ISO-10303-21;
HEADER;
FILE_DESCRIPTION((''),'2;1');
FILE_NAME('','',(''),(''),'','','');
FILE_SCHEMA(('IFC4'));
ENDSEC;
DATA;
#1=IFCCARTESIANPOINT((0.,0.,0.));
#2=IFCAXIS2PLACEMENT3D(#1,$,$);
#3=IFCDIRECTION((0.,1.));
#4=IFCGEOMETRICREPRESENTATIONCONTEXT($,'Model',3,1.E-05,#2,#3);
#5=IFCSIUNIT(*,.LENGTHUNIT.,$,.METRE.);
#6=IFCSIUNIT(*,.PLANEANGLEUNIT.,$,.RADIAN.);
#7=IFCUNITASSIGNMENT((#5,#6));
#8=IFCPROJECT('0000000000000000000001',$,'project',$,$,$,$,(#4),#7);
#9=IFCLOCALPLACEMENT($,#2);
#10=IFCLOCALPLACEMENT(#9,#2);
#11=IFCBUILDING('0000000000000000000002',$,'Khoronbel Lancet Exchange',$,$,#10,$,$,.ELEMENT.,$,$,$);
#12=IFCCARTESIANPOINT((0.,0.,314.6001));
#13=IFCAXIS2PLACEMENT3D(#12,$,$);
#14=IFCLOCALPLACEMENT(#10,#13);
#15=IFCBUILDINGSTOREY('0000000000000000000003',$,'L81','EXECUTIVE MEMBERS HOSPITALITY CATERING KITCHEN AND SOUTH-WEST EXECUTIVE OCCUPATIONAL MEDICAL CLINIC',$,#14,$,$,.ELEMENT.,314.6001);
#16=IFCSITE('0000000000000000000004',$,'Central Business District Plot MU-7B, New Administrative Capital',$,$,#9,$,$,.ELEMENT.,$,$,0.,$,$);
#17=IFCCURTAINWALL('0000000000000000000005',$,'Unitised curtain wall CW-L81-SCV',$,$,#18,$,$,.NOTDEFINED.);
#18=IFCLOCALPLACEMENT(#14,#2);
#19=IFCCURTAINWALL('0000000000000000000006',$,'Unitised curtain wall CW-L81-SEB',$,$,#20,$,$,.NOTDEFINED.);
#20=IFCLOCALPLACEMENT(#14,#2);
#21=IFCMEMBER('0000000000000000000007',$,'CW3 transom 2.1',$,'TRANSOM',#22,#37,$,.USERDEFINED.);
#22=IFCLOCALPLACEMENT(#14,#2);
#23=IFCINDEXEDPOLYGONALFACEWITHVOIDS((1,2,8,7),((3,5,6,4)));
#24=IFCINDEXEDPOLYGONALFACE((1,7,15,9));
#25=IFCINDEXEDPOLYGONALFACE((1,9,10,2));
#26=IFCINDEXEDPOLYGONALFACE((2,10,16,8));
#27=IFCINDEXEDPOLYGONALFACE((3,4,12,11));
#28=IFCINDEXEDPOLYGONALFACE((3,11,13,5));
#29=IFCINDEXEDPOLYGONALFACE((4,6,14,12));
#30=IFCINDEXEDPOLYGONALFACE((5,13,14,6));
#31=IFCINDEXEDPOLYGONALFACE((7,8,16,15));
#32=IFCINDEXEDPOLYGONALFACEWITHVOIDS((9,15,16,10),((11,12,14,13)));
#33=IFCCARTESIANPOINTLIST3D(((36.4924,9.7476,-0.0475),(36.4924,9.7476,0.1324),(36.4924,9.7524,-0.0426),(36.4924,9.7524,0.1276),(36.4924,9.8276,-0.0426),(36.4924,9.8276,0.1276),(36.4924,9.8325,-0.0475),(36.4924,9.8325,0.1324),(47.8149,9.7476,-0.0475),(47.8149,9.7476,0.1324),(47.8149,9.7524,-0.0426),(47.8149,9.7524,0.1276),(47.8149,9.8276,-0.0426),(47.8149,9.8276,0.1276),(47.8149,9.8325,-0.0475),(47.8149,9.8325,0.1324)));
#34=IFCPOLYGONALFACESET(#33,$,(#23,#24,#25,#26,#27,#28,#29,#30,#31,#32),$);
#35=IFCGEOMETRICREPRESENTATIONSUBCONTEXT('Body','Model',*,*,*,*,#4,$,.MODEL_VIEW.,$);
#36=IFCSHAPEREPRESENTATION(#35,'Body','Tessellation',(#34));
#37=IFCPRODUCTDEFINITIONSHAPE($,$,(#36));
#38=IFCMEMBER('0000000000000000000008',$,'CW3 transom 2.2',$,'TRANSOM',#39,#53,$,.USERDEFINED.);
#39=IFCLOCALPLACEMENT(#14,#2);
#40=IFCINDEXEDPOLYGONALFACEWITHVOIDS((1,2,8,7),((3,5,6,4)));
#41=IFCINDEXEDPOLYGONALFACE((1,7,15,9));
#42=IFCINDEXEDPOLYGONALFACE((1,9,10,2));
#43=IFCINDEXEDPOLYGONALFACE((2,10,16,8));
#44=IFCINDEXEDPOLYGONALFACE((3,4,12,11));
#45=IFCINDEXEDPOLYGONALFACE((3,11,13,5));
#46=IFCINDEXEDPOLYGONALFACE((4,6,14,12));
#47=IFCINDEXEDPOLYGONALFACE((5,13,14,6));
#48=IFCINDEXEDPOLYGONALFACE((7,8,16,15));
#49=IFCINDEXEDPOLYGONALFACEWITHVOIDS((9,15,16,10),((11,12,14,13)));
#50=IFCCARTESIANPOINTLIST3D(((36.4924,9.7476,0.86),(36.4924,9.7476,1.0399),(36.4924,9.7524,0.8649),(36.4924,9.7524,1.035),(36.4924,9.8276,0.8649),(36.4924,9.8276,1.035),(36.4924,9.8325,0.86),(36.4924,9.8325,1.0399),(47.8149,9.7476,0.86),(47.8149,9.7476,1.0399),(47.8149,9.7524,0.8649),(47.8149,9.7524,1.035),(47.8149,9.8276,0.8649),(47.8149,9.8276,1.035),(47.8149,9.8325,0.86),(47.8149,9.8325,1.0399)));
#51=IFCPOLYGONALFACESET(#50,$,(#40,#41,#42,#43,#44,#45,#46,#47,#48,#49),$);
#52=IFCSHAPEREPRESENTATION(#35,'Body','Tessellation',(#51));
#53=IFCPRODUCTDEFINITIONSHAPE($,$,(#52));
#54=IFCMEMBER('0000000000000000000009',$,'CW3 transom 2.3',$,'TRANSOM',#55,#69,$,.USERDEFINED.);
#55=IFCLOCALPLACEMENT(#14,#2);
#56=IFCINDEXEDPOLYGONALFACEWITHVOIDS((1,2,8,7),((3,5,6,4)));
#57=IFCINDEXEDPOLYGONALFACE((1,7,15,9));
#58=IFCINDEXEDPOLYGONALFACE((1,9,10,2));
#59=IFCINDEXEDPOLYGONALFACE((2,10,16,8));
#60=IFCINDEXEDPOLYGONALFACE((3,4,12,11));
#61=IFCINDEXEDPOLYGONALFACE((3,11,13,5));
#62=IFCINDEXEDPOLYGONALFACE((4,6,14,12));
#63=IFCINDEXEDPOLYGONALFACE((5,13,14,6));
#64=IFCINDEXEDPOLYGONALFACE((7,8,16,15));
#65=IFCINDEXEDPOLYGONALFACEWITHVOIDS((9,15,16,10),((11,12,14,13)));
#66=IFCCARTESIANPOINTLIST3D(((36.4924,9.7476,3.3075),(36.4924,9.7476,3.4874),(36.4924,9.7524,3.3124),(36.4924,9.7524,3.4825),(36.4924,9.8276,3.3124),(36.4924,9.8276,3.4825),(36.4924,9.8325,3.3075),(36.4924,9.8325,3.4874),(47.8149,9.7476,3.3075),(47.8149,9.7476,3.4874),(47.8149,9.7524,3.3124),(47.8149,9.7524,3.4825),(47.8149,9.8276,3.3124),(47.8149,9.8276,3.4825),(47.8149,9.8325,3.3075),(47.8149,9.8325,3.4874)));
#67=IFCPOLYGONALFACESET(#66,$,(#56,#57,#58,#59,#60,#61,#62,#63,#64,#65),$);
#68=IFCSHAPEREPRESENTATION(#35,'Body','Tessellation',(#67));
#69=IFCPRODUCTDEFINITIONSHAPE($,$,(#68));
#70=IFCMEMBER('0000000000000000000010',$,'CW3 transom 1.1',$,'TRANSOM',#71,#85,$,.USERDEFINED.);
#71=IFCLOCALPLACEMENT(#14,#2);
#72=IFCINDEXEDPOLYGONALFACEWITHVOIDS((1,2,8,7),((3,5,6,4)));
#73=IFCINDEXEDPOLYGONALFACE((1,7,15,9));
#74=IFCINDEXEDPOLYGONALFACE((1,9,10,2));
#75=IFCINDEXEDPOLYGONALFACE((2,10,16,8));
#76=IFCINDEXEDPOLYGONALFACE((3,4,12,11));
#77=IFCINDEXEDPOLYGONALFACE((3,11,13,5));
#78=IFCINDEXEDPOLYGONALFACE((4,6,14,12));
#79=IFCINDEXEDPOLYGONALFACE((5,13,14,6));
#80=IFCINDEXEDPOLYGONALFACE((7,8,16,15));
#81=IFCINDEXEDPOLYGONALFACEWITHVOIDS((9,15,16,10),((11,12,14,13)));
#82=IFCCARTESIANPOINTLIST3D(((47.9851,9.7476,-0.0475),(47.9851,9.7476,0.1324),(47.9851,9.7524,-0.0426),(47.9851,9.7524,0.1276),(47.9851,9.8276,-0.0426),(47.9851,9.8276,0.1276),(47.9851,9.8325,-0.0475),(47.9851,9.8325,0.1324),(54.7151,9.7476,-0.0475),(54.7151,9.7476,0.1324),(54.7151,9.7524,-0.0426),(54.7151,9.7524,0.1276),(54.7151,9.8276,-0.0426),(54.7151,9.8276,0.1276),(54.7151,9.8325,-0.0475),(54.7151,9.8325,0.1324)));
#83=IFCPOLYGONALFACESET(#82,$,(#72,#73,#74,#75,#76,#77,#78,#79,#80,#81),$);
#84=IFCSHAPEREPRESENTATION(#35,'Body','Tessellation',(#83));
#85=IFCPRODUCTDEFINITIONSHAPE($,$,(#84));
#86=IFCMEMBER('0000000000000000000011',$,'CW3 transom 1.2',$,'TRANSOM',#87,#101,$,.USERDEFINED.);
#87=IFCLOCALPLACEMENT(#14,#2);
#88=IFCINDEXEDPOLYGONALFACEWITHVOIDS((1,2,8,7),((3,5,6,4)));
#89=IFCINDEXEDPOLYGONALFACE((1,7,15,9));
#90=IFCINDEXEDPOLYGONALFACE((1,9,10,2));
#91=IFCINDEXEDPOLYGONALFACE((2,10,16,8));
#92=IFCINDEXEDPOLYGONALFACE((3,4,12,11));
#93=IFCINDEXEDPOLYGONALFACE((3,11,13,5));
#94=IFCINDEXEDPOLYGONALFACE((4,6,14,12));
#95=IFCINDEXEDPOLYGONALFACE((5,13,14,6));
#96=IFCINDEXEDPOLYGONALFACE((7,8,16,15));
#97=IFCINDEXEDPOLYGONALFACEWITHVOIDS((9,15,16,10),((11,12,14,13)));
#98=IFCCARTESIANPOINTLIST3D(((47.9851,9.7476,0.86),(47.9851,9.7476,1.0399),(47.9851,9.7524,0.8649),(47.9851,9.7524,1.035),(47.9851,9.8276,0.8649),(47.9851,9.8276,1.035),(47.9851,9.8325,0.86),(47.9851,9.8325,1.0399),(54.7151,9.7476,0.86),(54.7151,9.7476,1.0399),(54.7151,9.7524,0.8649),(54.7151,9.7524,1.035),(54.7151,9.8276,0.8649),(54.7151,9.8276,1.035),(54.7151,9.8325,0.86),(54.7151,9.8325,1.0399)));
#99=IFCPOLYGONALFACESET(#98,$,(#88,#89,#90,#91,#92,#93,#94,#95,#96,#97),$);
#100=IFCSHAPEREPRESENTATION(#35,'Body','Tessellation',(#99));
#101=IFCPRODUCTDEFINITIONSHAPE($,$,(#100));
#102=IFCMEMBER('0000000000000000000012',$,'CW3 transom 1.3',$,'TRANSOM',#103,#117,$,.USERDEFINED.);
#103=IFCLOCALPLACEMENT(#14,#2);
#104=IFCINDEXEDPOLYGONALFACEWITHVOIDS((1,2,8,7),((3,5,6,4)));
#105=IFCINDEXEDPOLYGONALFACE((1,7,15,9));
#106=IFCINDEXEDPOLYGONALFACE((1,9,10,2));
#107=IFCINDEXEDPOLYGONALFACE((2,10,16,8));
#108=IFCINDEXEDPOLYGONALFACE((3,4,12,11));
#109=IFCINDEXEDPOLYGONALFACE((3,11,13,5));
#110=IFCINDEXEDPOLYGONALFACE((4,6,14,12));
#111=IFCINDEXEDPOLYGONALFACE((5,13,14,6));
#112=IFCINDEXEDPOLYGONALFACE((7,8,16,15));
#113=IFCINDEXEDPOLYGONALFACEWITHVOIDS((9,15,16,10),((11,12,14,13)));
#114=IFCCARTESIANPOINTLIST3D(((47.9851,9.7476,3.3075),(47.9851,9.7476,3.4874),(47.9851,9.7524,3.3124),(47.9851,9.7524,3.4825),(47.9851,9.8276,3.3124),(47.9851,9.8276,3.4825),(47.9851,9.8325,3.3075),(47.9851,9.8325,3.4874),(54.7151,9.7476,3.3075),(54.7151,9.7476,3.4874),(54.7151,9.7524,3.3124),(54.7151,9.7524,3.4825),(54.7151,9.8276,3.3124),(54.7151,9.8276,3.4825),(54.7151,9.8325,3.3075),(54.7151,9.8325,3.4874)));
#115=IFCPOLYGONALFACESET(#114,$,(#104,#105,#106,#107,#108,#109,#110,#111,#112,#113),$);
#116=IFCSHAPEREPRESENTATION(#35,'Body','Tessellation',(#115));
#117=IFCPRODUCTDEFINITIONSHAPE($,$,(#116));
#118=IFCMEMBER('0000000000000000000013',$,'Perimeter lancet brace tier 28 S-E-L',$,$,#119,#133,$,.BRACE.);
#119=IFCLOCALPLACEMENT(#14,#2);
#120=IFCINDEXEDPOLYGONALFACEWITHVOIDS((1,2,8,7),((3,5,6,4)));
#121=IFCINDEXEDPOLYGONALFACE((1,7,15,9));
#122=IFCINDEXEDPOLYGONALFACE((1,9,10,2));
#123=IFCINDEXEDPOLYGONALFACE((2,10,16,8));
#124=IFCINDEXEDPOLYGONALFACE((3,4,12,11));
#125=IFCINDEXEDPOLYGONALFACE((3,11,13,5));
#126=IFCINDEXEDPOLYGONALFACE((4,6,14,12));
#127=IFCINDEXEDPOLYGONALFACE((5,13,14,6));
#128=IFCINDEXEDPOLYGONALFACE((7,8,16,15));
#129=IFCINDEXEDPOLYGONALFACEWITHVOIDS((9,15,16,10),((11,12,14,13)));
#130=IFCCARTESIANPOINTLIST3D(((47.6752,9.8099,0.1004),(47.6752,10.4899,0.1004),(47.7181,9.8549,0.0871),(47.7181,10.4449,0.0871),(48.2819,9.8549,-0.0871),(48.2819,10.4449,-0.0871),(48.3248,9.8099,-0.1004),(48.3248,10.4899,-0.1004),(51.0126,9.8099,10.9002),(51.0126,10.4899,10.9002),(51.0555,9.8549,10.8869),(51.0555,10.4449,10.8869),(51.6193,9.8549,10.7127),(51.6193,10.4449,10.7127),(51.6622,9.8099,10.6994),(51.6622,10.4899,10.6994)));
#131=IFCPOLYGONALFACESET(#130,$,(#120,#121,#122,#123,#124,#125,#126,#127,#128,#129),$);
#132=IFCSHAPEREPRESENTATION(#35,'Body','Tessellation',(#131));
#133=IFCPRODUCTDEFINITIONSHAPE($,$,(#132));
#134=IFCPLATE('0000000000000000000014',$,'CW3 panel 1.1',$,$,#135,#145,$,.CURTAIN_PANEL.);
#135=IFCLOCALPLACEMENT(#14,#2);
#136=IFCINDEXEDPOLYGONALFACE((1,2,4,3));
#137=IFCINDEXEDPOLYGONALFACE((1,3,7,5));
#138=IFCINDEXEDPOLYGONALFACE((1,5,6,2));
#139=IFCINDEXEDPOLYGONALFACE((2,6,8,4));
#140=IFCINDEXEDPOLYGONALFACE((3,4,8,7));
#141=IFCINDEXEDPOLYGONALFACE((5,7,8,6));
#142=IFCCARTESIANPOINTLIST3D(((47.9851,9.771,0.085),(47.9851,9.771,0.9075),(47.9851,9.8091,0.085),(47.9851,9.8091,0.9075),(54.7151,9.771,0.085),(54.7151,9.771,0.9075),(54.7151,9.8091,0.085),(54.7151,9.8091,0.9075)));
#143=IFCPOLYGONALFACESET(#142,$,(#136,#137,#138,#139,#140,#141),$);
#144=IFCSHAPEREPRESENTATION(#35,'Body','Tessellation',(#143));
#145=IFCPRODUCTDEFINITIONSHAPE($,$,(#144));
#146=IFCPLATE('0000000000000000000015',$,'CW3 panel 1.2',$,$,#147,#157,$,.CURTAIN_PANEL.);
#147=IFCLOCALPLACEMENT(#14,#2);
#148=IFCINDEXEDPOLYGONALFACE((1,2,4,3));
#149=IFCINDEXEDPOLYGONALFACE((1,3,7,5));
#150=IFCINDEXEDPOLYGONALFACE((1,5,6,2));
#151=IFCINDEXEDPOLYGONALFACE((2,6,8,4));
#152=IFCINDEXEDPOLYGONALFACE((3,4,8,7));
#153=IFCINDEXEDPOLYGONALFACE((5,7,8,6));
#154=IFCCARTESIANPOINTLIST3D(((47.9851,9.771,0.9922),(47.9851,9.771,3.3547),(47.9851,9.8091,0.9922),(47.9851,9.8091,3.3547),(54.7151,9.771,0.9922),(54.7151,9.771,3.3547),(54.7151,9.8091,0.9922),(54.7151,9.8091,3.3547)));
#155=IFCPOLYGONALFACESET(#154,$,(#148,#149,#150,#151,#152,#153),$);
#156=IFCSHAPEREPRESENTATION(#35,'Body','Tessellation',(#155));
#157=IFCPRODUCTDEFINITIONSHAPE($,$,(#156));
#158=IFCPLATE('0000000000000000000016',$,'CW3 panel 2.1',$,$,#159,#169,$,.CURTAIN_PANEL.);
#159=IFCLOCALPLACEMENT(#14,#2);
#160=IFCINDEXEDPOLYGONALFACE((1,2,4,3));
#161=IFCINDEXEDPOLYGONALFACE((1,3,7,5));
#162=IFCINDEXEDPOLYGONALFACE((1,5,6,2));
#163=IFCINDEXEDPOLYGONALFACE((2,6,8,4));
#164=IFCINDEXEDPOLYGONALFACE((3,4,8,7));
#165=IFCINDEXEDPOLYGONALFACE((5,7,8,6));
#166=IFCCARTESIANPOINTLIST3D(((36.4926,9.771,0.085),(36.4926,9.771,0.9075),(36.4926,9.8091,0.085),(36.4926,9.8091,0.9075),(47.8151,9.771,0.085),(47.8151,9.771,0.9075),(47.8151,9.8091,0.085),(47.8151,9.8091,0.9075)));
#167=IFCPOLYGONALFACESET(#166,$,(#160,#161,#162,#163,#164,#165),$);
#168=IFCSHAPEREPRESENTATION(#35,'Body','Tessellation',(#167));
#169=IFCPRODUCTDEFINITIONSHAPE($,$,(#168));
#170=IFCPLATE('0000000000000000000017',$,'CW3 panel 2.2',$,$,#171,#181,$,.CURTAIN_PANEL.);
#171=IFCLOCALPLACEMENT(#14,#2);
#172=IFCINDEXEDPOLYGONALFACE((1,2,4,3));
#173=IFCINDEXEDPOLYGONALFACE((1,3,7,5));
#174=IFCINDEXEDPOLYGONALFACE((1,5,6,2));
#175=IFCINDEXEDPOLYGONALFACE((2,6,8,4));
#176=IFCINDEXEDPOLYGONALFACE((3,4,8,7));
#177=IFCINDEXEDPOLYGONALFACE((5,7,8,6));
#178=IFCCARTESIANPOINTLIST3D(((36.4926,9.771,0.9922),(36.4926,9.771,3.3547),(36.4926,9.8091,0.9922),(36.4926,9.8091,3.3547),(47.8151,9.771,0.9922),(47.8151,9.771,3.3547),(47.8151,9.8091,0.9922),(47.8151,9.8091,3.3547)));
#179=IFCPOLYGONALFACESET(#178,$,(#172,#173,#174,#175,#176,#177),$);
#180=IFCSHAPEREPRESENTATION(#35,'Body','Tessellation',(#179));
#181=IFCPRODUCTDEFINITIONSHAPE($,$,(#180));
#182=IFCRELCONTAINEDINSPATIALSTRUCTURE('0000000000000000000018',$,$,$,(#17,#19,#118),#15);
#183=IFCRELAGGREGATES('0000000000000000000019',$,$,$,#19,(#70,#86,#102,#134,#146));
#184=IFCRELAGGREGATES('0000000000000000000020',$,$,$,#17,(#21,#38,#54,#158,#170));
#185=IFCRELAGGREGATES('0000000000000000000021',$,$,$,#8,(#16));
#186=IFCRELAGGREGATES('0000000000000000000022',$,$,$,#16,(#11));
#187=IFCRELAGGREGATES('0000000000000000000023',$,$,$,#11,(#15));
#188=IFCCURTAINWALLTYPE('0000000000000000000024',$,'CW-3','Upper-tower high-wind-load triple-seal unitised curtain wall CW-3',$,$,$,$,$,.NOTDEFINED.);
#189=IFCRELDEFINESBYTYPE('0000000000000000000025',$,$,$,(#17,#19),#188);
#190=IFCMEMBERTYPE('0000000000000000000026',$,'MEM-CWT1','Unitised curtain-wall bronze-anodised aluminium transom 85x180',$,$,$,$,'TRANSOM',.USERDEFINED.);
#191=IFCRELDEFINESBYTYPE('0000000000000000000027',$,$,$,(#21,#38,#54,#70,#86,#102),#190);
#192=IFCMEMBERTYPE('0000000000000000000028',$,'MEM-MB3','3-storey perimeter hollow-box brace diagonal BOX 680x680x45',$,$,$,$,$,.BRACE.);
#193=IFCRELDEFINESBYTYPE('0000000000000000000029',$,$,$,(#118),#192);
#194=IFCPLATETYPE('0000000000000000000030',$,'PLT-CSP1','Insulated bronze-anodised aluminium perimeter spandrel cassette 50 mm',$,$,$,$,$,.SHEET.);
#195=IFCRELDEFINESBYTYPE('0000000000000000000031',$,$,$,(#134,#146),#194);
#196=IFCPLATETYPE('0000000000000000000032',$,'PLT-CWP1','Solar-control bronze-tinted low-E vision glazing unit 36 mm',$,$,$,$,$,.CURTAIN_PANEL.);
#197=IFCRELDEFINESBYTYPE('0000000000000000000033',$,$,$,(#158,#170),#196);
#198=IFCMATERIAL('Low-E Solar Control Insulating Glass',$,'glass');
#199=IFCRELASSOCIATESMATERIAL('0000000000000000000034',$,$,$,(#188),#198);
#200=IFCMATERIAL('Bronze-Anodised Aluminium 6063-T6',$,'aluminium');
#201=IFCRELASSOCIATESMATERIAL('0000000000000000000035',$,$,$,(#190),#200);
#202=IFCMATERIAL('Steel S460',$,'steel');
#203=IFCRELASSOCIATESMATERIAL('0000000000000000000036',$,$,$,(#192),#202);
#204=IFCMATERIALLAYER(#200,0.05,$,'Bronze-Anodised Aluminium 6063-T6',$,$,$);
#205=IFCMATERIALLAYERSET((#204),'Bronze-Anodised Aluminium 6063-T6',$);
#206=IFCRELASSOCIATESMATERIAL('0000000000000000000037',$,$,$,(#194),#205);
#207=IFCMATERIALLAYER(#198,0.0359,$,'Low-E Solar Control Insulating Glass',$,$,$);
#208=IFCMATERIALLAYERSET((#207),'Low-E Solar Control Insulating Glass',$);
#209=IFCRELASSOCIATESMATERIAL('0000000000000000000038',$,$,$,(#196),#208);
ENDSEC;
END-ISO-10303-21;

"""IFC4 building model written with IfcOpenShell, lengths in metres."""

from ifc_helpers import new_model, si_unit, direction, frame, origin, origin_2d, place, context, subcontext, project, spatial, rectangle, hollow_rectangle, extrude, material, layer, layer_set, material_profile, profile_set, type_object, element, aggregate, save


model = new_model("IFC4")

# Units and contexts
model_context = context("Model", 3, precision=1e-05, world=origin(), true_north=direction((0.0, 1.0)))
body_context = subcontext(model_context, "Body", "Model", "MODEL_VIEW")
ifc_project = project(units=[si_unit("LENGTHUNIT", "METRE"), si_unit("PLANEANGLEUNIT", "RADIAN")], contexts=[model_context])

# Site, building, storey
site_placement = place(None, origin())
site = spatial("IfcSite", under=ifc_project, at=site_placement, Name="Central Business District Plot MU-7B, New Administrative Capital", CompositionType="ELEMENT", RefElevation=0.0)
building_placement = place(site_placement, origin())
building = spatial("IfcBuilding", under=site, at=building_placement, Name="Khoronbel Lancet Exchange", CompositionType="ELEMENT")
storey_placement = place(building_placement, frame((0.0, 0.0, 314.6001)))
storey = spatial("IfcBuildingStorey", under=building, at=storey_placement, Name="L81", Description="EXECUTIVE MEMBERS HOSPITALITY CATERING KITCHEN AND SOUTH-WEST EXECUTIVE OCCUPATIONAL MEDICAL CLINIC", CompositionType="ELEMENT", Elevation=314.6001)

# Shared definitions
ifc_material_1 = material(Name="Steel S460", Category="steel")

# Curtain wall
ifc_material_2 = material(Name="Low-E Solar Control Insulating Glass", Category="glass")
curtain_wall_type = type_object("IfcCurtainWallType", Name="CW-3", Description="Upper-tower high-wind-load triple-seal unitised curtain wall CW-3", PredefinedType="NOTDEFINED", material=ifc_material_2)
curtain_wall_1_placement = place(storey_placement, origin())
curtain_wall_1 = element("IfcCurtainWall", 1, at=curtain_wall_1_placement, inside=storey, type_object=curtain_wall_type, Name="Unitised curtain wall CW-L81-SCV", PredefinedType="NOTDEFINED")
ifc_material_3 = material(Name="Bronze-Anodised Aluminium 6063-T6", Category="aluminium")

# Curtain wall
curtain_wall_2_placement = place(storey_placement, origin())
curtain_wall_2 = element("IfcCurtainWall", 2, at=curtain_wall_2_placement, inside=storey, type_object=curtain_wall_type, Name="Unitised curtain wall CW-L81-SEB", PredefinedType="NOTDEFINED")

# Members
ifc_material_profile_1 = material_profile(ifc_material_3, hollow_rectangle(XDim=0.085, YDim=0.1799, WallThickness=0.0049, at=origin_2d()), Name="ALU TRANSOM 85x180")
ifc_profile_set_1 = profile_set([ifc_material_profile_1], Name="Bronze-Anodised Aluminium 6063-T6")
member_type_1 = type_object("IfcMemberType", Name="MEM-CWT1", Description="Unitised curtain-wall bronze-anodised aluminium transom 85x180", ElementType="TRANSOM", PredefinedType="USERDEFINED", material=ifc_profile_set_1)
member_1_placement = place(storey_placement, frame((36.4924, 9.79, 0.0425), z_axis=(1.0, 0.0, 0.0), x_axis=(0.0, 1.0, 0.0)))
member_1 = element("IfcMember", 3, at=member_1_placement, type_object=member_type_1, Name="CW3 transom 2.1", ObjectType="TRANSOM", PredefinedType="USERDEFINED", context=body_context, shape_type="SweptSolid", body=[
    extrude(hollow_rectangle(XDim=0.085, YDim=0.1799, WallThickness=0.0049, at=origin_2d()), origin(), (0.0, 0.0, 1.0), 11.3225),
])
member_2_placement = place(storey_placement, frame((36.4924, 9.79, 0.95), z_axis=(1.0, 0.0, 0.0), x_axis=(0.0, 1.0, 0.0)))
member_2 = element("IfcMember", 4, at=member_2_placement, type_object=member_type_1, Name="CW3 transom 2.2", ObjectType="TRANSOM", PredefinedType="USERDEFINED", context=body_context, shape_type="SweptSolid", body=[
    extrude(hollow_rectangle(XDim=0.085, YDim=0.1799, WallThickness=0.0049, at=origin_2d()), origin(), (0.0, 0.0, 1.0), 11.3225),
])
member_3_placement = place(storey_placement, frame((36.4924, 9.79, 3.3975), z_axis=(1.0, 0.0, 0.0), x_axis=(0.0, 1.0, 0.0)))
member_3 = element("IfcMember", 5, at=member_3_placement, type_object=member_type_1, Name="CW3 transom 2.3", ObjectType="TRANSOM", PredefinedType="USERDEFINED", context=body_context, shape_type="SweptSolid", body=[
    extrude(hollow_rectangle(XDim=0.085, YDim=0.1799, WallThickness=0.0049, at=origin_2d()), origin(), (0.0, 0.0, 1.0), 11.3225),
])
member_4_placement = place(storey_placement, frame((47.9851, 9.79, 0.0425), z_axis=(1.0, 0.0, 0.0), x_axis=(0.0, 1.0, 0.0)))
member_4 = element("IfcMember", 6, at=member_4_placement, type_object=member_type_1, Name="CW3 transom 1.1", ObjectType="TRANSOM", PredefinedType="USERDEFINED", context=body_context, shape_type="SweptSolid", body=[
    extrude(hollow_rectangle(XDim=0.085, YDim=0.1799, WallThickness=0.0049, at=origin_2d()), origin(), (0.0, 0.0, 1.0), 6.73),
])
member_5_placement = place(storey_placement, frame((47.9851, 9.79, 0.95), z_axis=(1.0, 0.0, 0.0), x_axis=(0.0, 1.0, 0.0)))
member_5 = element("IfcMember", 7, at=member_5_placement, type_object=member_type_1, Name="CW3 transom 1.2", ObjectType="TRANSOM", PredefinedType="USERDEFINED", context=body_context, shape_type="SweptSolid", body=[
    extrude(hollow_rectangle(XDim=0.085, YDim=0.1799, WallThickness=0.0049, at=origin_2d()), origin(), (0.0, 0.0, 1.0), 6.73),
])
member_6_placement = place(storey_placement, frame((47.9851, 9.79, 3.3975), z_axis=(1.0, 0.0, 0.0), x_axis=(0.0, 1.0, 0.0)))
member_6 = element("IfcMember", 8, at=member_6_placement, type_object=member_type_1, Name="CW3 transom 1.3", ObjectType="TRANSOM", PredefinedType="USERDEFINED", context=body_context, shape_type="SweptSolid", body=[
    extrude(hollow_rectangle(XDim=0.085, YDim=0.1799, WallThickness=0.0049, at=origin_2d()), origin(), (0.0, 0.0, 1.0), 6.73),
])
ifc_material_profile_2 = material_profile(ifc_material_1, hollow_rectangle(XDim=0.6799, YDim=0.6799, WallThickness=0.0449, at=origin_2d()), Name="BOX 680x680x45")
ifc_profile_set_2 = profile_set([ifc_material_profile_2], Name="Steel S460")
member_type_2 = type_object("IfcMemberType", Name="MEM-MB3", Description="3-storey perimeter hollow-box brace diagonal BOX 680x680x45", PredefinedType="BRACE", material=ifc_profile_set_2)
member_7_placement = place(storey_placement, frame((48.0, 10.1499, 0.0), z_axis=(0.295248, 0.0, 0.955421), x_axis=(0.0, 1.0, 0.0)))
element("IfcMember", 9, at=member_7_placement, inside=storey, type_object=member_type_2, Name="Perimeter lancet brace tier 28 S-E-L", PredefinedType="BRACE", context=body_context, shape_type="SweptSolid", body=[
    extrude(hollow_rectangle(XDim=0.6799, YDim=0.6799, WallThickness=0.0449, at=origin_2d()), origin(), (0.0, 0.0, 1.0), 11.3037),
])

# Plates
ifc_layer_1 = layer(ifc_material_3, 0.05, Name="Bronze-Anodised Aluminium 6063-T6")
ifc_layer_set_1 = layer_set([ifc_layer_1], Name="Bronze-Anodised Aluminium 6063-T6")
plate_type_1 = type_object("IfcPlateType", Name="PLT-CSP1", Description="Insulated bronze-anodised aluminium perimeter spandrel cassette 50 mm", PredefinedType="SHEET", material=ifc_layer_set_1)
plate_1_placement = place(storey_placement, frame((51.3501, 9.79, 0.085), z_axis=(0.0, 0.0, 1.0), x_axis=(1.0, 0.0, 0.0)))
plate_1 = element("IfcPlate", 10, at=plate_1_placement, type_object=plate_type_1, Name="CW3 panel 1.1", PredefinedType="CURTAIN_PANEL", context=body_context, shape_type="SweptSolid", body=[
    extrude(rectangle(XDim=6.73, YDim=0.0381, at=origin_2d()), origin(), (0.0, 0.0, 1.0), 0.8225),
])
plate_2_placement = place(storey_placement, frame((51.3501, 9.79, 0.9922), z_axis=(0.0, 0.0, 1.0), x_axis=(1.0, 0.0, 0.0)))
plate_2 = element("IfcPlate", 11, at=plate_2_placement, type_object=plate_type_1, Name="CW3 panel 1.2", PredefinedType="CURTAIN_PANEL", context=body_context, shape_type="SweptSolid", body=[
    extrude(rectangle(XDim=6.73, YDim=0.0381, at=origin_2d()), origin(), (0.0, 0.0, 1.0), 2.3625),
])
aggregate(curtain_wall_2, [member_4, member_5, member_6, plate_1, plate_2])
ifc_layer_2 = layer(ifc_material_2, 0.0359, Name="Low-E Solar Control Insulating Glass")
ifc_layer_set_2 = layer_set([ifc_layer_2], Name="Low-E Solar Control Insulating Glass")
plate_type_2 = type_object("IfcPlateType", Name="PLT-CWP1", Description="Solar-control bronze-tinted low-E vision glazing unit 36 mm", PredefinedType="CURTAIN_PANEL", material=ifc_layer_set_2)
plate_3_placement = place(storey_placement, frame((42.1538, 9.79, 0.085), z_axis=(0.0, 0.0, 1.0), x_axis=(1.0, 0.0, 0.0)))
plate_3 = element("IfcPlate", 12, at=plate_3_placement, type_object=plate_type_2, Name="CW3 panel 2.1", PredefinedType="CURTAIN_PANEL", context=body_context, shape_type="SweptSolid", body=[
    extrude(rectangle(XDim=11.3225, YDim=0.0381, at=origin_2d()), origin(), (0.0, 0.0, 1.0), 0.8225),
])
plate_4_placement = place(storey_placement, frame((42.1538, 9.79, 0.9922), z_axis=(0.0, 0.0, 1.0), x_axis=(1.0, 0.0, 0.0)))
plate_4 = element("IfcPlate", 13, at=plate_4_placement, type_object=plate_type_2, Name="CW3 panel 2.2", PredefinedType="CURTAIN_PANEL", context=body_context, shape_type="SweptSolid", body=[
    extrude(rectangle(XDim=11.3225, YDim=0.0381, at=origin_2d()), origin(), (0.0, 0.0, 1.0), 2.3625),
])
aggregate(curtain_wall_1, [member_1, member_2, member_3, plate_3, plate_4])

save(model, "model.ifc")
